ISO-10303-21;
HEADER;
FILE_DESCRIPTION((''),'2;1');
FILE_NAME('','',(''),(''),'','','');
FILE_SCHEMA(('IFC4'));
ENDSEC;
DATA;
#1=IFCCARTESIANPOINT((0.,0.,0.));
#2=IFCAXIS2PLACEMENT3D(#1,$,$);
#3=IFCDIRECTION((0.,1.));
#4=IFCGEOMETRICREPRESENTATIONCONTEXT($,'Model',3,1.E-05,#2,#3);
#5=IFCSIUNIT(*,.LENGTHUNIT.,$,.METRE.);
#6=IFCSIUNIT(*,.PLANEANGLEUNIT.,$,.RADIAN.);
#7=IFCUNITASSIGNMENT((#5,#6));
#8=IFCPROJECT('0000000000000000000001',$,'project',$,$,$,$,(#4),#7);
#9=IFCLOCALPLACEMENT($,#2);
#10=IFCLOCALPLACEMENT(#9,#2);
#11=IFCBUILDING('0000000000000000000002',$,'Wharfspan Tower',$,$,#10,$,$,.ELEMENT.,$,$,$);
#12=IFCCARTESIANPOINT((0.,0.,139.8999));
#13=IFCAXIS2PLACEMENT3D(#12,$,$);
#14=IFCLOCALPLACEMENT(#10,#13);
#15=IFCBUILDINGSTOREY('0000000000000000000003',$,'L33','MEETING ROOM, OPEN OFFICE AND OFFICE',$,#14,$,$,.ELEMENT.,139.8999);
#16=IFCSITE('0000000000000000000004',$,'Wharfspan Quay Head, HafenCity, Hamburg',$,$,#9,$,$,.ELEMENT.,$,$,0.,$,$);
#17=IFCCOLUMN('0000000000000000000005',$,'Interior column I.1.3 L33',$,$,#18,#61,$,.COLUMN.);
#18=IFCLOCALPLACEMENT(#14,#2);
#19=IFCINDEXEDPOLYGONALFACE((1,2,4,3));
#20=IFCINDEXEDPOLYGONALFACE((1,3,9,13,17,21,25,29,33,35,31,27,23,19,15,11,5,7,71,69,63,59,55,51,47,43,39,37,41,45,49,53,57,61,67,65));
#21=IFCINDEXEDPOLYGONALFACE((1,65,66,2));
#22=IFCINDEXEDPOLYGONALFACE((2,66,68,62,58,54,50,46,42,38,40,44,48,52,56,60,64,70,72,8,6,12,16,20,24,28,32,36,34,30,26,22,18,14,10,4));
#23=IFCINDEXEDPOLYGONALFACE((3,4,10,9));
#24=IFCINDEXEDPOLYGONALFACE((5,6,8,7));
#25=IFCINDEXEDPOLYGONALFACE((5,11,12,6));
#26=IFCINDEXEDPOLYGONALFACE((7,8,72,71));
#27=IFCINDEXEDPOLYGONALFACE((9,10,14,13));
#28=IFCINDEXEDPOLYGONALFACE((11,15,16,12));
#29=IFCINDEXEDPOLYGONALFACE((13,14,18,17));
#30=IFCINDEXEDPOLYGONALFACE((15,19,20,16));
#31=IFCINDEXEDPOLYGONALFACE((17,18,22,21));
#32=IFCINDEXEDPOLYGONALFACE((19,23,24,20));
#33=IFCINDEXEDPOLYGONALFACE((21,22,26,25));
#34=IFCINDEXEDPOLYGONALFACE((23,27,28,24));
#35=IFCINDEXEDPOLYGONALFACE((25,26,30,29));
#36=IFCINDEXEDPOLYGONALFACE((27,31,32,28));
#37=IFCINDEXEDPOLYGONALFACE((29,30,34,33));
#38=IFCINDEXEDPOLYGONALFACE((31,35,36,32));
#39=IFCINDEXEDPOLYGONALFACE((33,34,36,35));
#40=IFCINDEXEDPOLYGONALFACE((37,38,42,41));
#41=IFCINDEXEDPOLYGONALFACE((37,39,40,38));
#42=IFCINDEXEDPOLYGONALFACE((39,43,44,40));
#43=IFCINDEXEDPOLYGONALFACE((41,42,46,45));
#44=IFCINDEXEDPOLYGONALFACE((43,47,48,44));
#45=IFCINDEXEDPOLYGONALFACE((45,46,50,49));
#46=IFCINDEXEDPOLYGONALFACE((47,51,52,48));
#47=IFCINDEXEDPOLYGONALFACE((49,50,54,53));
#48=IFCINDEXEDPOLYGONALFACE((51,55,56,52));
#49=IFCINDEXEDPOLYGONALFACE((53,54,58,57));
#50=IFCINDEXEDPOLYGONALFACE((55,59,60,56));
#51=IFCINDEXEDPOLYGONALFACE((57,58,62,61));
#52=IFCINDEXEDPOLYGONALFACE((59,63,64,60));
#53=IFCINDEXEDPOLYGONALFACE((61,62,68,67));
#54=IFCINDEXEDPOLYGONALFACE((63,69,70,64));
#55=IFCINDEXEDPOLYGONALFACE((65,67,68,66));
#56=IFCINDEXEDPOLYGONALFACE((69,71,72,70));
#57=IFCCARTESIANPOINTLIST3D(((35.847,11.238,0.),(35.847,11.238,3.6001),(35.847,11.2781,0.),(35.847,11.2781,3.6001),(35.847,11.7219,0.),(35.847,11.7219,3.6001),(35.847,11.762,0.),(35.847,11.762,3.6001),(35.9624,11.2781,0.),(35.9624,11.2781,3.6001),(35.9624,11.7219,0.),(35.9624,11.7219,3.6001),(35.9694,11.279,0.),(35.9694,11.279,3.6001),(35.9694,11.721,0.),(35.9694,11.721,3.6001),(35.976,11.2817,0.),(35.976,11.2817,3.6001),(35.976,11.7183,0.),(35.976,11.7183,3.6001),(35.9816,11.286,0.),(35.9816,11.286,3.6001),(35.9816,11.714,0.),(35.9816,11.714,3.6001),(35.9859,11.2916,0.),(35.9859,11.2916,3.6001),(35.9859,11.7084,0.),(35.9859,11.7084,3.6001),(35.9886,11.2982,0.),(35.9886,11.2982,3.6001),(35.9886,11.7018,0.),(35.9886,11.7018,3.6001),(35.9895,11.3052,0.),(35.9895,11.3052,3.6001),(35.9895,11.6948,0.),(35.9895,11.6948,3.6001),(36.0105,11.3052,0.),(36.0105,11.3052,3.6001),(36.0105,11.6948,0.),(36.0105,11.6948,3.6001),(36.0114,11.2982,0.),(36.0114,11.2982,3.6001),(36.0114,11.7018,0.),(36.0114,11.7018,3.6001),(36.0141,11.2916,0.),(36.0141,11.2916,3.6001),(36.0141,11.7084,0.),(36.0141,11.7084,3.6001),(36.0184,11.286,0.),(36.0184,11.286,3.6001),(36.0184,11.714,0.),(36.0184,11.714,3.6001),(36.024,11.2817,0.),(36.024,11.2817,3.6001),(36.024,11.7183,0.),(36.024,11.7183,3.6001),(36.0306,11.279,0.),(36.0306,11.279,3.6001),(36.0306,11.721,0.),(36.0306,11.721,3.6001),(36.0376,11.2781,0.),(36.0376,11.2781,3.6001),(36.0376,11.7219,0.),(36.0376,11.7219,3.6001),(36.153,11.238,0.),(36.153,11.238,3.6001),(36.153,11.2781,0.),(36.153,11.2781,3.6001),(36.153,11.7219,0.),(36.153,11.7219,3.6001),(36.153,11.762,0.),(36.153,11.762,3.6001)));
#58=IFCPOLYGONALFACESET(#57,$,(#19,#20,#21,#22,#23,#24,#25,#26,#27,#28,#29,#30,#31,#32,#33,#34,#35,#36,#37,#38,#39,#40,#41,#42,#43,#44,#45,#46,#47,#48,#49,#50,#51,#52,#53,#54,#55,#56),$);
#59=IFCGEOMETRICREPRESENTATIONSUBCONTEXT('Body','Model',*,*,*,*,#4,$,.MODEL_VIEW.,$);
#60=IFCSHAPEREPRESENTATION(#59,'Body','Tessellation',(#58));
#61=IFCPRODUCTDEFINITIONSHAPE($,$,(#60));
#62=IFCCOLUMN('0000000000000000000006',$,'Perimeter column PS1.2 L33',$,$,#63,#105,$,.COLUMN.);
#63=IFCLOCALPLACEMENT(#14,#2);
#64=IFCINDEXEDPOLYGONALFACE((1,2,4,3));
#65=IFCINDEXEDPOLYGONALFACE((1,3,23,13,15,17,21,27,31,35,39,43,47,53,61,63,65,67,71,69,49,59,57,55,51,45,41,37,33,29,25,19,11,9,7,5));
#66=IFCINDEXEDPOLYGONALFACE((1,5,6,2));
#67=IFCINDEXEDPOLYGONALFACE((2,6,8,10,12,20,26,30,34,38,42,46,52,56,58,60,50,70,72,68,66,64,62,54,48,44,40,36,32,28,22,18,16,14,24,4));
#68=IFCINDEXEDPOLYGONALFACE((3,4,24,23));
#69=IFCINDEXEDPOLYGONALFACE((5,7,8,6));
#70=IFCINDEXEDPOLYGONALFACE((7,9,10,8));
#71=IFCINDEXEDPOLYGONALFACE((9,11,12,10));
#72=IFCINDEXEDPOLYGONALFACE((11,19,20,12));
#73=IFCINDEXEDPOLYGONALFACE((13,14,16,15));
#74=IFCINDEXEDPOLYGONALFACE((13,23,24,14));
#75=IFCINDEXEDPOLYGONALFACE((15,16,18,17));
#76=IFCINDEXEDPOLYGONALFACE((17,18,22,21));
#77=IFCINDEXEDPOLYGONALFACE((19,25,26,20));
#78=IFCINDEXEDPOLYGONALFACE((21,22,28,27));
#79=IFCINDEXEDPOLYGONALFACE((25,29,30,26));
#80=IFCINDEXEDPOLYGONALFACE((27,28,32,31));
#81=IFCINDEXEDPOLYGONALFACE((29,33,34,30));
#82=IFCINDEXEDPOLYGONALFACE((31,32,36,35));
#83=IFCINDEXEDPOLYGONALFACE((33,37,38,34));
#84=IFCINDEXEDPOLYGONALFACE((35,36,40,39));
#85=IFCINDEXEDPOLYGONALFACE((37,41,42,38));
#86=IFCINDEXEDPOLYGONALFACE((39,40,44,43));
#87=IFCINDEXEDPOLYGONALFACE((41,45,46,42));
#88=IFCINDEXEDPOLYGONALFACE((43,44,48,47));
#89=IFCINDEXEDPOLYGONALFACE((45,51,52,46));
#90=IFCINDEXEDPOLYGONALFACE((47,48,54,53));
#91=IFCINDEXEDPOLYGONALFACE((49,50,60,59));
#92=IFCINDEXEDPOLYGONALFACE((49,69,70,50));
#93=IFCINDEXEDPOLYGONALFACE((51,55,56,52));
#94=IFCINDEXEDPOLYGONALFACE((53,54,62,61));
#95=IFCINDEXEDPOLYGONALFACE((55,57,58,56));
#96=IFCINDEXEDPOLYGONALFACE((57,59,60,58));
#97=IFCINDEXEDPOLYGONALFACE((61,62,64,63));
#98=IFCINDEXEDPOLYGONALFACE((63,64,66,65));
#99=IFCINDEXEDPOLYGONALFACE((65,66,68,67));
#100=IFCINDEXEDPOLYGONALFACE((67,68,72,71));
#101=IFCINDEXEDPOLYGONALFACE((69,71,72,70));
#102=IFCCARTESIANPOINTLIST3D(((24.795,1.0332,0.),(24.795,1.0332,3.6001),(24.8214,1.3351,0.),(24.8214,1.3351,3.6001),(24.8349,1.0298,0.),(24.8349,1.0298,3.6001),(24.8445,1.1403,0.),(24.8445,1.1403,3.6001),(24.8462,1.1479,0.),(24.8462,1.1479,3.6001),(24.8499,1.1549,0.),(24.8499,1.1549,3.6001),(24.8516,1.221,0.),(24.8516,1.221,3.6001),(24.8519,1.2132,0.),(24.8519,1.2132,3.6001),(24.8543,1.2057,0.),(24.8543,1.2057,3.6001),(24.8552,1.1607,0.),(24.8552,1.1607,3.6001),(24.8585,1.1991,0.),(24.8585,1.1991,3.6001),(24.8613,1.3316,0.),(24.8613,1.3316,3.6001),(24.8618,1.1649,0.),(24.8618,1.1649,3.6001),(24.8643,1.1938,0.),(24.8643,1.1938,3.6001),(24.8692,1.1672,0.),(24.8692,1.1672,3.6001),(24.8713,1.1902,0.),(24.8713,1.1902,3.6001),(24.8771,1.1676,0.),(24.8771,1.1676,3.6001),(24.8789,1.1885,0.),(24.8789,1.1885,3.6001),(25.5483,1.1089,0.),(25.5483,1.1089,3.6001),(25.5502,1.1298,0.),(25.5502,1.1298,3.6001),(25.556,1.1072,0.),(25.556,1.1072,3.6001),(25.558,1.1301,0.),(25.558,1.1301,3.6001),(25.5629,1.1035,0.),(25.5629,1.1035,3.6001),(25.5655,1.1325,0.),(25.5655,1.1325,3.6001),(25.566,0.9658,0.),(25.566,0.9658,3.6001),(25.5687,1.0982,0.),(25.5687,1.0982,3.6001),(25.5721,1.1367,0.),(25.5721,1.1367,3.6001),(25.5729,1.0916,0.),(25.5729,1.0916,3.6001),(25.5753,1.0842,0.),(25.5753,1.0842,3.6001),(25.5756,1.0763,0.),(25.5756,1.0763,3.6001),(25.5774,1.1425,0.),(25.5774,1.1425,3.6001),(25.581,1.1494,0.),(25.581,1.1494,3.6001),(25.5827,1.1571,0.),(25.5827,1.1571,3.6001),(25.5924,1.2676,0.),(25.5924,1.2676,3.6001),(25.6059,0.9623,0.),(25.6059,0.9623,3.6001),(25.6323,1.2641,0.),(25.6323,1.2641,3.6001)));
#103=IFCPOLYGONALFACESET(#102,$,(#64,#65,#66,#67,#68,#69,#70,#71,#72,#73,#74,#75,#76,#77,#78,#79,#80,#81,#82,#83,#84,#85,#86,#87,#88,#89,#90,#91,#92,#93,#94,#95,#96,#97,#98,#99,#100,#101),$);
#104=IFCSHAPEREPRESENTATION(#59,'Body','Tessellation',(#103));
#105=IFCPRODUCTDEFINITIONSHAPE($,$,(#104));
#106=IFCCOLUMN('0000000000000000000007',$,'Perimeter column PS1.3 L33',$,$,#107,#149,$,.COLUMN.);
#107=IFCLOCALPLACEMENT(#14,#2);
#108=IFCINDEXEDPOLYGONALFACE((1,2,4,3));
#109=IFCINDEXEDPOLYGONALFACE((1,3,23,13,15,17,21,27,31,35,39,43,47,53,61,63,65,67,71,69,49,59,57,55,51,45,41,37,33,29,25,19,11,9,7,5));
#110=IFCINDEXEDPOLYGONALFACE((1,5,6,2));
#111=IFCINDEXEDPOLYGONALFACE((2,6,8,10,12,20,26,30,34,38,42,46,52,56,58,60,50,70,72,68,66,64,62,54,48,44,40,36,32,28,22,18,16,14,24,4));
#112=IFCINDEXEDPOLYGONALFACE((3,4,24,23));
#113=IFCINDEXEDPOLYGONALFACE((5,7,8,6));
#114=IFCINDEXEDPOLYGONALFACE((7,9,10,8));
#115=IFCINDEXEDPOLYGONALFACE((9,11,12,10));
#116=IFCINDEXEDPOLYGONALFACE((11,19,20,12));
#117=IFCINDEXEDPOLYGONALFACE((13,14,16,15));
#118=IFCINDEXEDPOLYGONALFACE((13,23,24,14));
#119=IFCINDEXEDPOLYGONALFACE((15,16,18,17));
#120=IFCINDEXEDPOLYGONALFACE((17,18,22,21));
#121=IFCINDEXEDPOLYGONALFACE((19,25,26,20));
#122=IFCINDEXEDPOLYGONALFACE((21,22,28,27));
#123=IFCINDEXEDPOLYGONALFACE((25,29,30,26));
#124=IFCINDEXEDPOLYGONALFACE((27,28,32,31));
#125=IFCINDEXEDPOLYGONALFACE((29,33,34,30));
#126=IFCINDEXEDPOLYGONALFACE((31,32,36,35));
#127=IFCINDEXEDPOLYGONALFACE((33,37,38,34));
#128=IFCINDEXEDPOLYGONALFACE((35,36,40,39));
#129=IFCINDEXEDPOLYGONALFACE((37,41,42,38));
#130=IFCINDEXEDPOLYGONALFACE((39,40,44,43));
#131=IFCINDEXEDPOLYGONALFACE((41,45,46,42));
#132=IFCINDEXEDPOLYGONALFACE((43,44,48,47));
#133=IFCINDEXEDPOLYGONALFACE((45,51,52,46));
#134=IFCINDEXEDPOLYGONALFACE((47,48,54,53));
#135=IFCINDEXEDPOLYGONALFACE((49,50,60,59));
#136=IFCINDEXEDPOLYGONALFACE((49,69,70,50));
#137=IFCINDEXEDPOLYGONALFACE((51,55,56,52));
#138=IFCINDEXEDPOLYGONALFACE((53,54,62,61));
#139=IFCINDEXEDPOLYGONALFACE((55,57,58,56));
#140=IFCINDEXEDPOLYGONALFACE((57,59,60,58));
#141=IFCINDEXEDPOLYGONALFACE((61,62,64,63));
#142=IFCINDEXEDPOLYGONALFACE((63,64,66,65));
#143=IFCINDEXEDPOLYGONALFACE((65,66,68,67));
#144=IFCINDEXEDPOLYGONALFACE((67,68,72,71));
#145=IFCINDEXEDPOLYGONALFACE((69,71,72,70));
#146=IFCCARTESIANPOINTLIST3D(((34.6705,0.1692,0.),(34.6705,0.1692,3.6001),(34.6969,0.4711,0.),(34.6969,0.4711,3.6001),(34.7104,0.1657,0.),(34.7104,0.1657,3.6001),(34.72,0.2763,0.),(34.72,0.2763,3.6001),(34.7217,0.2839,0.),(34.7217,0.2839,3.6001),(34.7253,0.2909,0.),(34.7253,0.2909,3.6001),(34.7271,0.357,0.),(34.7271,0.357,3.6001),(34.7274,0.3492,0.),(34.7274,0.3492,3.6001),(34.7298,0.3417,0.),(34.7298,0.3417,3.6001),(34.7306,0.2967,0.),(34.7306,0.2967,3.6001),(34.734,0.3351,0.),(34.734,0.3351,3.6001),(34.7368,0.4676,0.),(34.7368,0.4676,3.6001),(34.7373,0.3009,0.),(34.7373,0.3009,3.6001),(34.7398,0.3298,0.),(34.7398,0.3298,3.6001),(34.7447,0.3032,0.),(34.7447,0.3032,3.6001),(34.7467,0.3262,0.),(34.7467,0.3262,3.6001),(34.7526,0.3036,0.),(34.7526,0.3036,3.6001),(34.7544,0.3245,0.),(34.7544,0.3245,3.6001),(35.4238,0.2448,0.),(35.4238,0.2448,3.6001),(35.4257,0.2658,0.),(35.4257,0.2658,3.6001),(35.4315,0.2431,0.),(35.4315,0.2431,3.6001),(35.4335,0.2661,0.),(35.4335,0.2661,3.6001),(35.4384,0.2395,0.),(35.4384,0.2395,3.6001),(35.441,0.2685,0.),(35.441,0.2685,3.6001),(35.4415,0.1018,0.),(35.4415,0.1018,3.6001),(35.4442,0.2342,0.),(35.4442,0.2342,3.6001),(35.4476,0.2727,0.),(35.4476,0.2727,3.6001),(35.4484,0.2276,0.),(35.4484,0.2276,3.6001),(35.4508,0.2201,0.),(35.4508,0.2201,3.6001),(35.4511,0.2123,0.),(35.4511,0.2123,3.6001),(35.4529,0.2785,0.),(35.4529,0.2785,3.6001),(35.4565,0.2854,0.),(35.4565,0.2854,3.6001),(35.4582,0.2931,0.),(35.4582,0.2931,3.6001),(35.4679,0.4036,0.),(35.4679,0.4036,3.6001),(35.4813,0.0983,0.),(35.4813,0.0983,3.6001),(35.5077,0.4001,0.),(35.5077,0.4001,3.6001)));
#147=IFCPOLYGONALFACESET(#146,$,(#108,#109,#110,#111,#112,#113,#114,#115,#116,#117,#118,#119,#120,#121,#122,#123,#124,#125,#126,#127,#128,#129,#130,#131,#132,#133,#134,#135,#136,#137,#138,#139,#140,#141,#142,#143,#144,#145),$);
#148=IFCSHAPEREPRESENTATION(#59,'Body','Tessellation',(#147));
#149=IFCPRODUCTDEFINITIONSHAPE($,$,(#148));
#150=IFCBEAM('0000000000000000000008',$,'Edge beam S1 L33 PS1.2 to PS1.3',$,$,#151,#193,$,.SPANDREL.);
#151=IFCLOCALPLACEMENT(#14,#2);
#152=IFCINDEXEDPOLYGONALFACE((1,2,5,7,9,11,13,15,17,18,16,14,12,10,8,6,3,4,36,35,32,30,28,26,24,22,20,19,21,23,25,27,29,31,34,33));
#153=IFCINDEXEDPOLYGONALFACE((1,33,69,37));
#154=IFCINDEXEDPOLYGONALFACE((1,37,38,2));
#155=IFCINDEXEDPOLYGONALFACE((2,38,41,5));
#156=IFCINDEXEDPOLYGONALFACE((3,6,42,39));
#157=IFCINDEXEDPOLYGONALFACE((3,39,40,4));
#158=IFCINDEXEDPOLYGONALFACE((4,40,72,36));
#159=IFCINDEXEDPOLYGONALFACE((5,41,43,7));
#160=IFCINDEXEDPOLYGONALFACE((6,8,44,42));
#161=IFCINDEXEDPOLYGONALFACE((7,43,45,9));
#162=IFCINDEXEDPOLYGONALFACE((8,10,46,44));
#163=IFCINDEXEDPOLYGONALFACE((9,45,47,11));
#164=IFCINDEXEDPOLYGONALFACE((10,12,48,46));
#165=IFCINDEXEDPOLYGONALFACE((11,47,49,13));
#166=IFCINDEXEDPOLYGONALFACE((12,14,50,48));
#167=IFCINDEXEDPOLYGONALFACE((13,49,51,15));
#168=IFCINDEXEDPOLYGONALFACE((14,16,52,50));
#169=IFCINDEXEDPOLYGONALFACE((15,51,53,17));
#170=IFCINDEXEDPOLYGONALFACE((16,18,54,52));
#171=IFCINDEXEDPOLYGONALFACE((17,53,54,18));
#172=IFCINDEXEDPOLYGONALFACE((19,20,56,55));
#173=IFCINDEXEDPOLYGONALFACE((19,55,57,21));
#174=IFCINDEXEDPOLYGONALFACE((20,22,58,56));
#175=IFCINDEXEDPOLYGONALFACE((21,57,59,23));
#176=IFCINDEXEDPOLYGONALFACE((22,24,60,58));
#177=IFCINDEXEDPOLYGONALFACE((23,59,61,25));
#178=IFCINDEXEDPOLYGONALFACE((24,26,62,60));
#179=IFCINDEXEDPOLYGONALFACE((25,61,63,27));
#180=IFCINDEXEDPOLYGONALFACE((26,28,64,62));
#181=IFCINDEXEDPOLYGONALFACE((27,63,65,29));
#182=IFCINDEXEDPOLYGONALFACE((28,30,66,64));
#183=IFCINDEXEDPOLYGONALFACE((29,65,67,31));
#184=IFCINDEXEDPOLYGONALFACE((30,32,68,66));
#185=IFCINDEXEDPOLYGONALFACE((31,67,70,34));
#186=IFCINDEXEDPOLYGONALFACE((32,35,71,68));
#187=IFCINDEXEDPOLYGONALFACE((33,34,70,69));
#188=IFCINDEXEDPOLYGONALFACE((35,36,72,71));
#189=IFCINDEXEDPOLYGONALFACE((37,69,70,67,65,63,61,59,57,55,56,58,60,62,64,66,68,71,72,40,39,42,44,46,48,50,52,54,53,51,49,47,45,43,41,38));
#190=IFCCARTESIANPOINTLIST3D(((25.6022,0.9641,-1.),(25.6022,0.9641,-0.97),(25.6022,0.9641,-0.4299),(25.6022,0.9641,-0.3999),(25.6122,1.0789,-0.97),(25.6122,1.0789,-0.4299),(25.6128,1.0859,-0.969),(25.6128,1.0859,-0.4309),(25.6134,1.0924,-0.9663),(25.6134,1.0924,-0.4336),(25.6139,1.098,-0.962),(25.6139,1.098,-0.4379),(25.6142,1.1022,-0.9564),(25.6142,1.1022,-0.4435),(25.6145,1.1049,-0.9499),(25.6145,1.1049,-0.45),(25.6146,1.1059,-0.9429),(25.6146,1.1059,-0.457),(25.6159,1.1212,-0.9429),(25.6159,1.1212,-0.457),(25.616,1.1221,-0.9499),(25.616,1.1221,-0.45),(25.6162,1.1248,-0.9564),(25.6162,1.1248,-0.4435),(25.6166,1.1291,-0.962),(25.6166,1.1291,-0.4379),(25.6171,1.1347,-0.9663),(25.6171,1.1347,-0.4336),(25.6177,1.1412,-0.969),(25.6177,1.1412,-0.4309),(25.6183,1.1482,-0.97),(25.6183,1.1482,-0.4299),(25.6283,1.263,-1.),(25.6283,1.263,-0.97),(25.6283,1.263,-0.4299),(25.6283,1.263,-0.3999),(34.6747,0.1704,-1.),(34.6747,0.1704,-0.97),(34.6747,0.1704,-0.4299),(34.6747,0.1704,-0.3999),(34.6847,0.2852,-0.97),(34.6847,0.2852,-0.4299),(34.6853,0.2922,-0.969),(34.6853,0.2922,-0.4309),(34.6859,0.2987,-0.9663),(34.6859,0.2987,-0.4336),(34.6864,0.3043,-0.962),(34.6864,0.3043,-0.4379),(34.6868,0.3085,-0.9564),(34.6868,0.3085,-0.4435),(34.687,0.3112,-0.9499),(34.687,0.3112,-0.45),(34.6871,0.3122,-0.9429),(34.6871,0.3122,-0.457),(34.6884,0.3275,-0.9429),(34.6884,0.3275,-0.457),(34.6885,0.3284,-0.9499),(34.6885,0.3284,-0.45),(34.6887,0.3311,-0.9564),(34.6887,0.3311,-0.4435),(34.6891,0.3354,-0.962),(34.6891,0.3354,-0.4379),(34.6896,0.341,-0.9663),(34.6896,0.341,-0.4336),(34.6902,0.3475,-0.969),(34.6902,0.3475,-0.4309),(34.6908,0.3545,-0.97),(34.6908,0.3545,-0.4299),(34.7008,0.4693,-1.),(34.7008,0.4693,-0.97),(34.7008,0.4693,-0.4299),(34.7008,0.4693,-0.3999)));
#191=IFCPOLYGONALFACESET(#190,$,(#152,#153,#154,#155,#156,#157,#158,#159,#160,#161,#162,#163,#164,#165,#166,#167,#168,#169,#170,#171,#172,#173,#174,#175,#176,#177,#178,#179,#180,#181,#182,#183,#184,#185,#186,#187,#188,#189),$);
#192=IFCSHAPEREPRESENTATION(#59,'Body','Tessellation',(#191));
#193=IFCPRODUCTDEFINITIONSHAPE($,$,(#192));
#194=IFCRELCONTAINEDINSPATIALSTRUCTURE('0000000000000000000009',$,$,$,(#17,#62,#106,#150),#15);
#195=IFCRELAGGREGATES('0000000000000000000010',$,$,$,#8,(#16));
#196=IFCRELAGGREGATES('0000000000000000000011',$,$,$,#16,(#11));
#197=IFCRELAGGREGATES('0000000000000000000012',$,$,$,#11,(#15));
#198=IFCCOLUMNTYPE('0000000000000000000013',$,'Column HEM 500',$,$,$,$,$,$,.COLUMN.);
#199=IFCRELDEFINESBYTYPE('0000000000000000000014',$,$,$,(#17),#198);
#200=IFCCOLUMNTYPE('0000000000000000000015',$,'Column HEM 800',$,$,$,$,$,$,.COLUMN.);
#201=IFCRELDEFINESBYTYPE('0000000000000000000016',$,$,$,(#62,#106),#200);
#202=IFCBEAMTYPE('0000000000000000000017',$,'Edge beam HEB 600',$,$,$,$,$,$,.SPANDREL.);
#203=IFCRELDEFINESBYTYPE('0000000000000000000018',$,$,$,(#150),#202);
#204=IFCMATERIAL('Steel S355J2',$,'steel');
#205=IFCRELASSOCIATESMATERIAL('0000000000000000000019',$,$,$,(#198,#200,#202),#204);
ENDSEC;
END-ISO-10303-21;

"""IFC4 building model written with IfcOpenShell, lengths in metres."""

from ifc_helpers import new_model, si_unit, direction, frame, origin, origin_2d, place, context, subcontext, project, spatial, i_section, extrude, material, material_profile, profile_set, type_object, element, save


model = new_model("IFC4")

# Units and contexts
model_context = context("Model", 3, precision=1e-05, world=origin(), true_north=direction((0.0, 1.0)))
body_context = subcontext(model_context, "Body", "Model", "MODEL_VIEW")
ifc_project = project(units=[si_unit("LENGTHUNIT", "METRE"), si_unit("PLANEANGLEUNIT", "RADIAN")], contexts=[model_context])

# Site, building, storey
site_placement = place(None, origin())
site = spatial("IfcSite", under=ifc_project, at=site_placement, Name="Wharfspan Quay Head, HafenCity, Hamburg", CompositionType="ELEMENT", RefElevation=0.0)
building_placement = place(site_placement, origin())
building = spatial("IfcBuilding", under=site, at=building_placement, Name="Wharfspan Tower", CompositionType="ELEMENT")
storey_placement = place(building_placement, frame((0.0, 0.0, 139.8999)))
storey = spatial("IfcBuildingStorey", under=building, at=storey_placement, Name="L33", Description="MEETING ROOM, OPEN OFFICE AND OFFICE", CompositionType="ELEMENT", Elevation=139.8999)

# Columns
ifc_material_1 = material(Name="Steel S355J2", Category="steel")
ifc_material_profile_1 = material_profile(ifc_material_1, i_section(OverallWidth=0.3059, OverallDepth=0.5239, WebThickness=0.021, FlangeThickness=0.04, FilletRadius=0.0271, at=origin_2d()))
ifc_profile_set_1 = profile_set([ifc_material_profile_1], Name="Steel S355J2")
column_type_1 = type_object("IfcColumnType", Name="Column HEM 500", PredefinedType="COLUMN", material=ifc_profile_set_1)
column_placement = place(storey_placement, frame((36.0, 11.5, 0.0), z_axis=(0.0, 0.0, 1.0), x_axis=(1.0, 0.0, 0.0)))
element("IfcColumn", 1, at=column_placement, inside=storey, type_object=column_type_1, Name="Interior column I.1.3 L33", PredefinedType="COLUMN", context=body_context, shape_type="SweptSolid", body=[
    extrude(i_section(OverallWidth=0.3059, OverallDepth=0.5239, WebThickness=0.021, FlangeThickness=0.04, FilletRadius=0.0271, at=origin_2d()), origin(), (0.0, 0.0, 1.0), 3.6001),
])
ifc_material_profile_2 = material_profile(ifc_material_1, i_section(OverallWidth=0.303, OverallDepth=0.814, WebThickness=0.021, FlangeThickness=0.04, FilletRadius=0.03, at=origin_2d()))
ifc_profile_set_2 = profile_set([ifc_material_profile_2], Name="Steel S355J2")
column_type_2 = type_object("IfcColumnType", Name="Column HEM 800", PredefinedType="COLUMN", material=ifc_profile_set_2)
for number, where, z_axis, x_axis, name in (
    (2, (25.2136, 1.1487, 0.0), (0.0, 0.0, 1.0), (-0.087156, -0.996198, 0.0), "Perimeter column PS1.2 L33"),
    (3, (35.0891, 0.2847, 0.0), (0.0, 0.0, 1.0), (-0.087156, -0.996198, 0.0), "Perimeter column PS1.3 L33"),
):
    element("IfcColumn", number, at=place(storey_placement, frame(where, z_axis=z_axis, x_axis=x_axis)), inside=storey, type_object=column_type_2, Name=name, PredefinedType="COLUMN", context=body_context, shape_type="SweptSolid", body=[
        extrude(i_section(OverallWidth=0.303, OverallDepth=0.814, WebThickness=0.021, FlangeThickness=0.04, FilletRadius=0.03, at=origin_2d()), origin(), (0.0, 0.0, 1.0), 3.6001),
    ])

# Beam
ifc_material_profile_3 = material_profile(ifc_material_1, i_section(OverallWidth=0.3, OverallDepth=0.6001, WebThickness=0.0154, FlangeThickness=0.03, FilletRadius=0.0271, at=origin_2d()))
ifc_profile_set_3 = profile_set([ifc_material_profile_3], Name="Steel S355J2")
beam_type = type_object("IfcBeamType", Name="Edge beam HEB 600", PredefinedType="SPANDREL", material=ifc_profile_set_3)
beam_1_placement = place(storey_placement, frame((25.6152, 1.1135, -0.7), z_axis=(0.996195, -0.087151, 0.0), x_axis=(0.087151, 0.996195, 0.0)))
element("IfcBeam", 4, at=beam_1_placement, inside=storey, type_object=beam_type, Name="Edge beam S1 L33 PS1.2 to PS1.3", PredefinedType="SPANDREL", context=body_context, shape_type="SweptSolid", body=[
    extrude(i_section(OverallWidth=0.3, OverallDepth=0.6001, WebThickness=0.0154, FlangeThickness=0.03, FilletRadius=0.0271, at=origin_2d()), origin(), (0.0, 0.0, 1.0), 9.1072),
])

save(model, "model.ifc")
